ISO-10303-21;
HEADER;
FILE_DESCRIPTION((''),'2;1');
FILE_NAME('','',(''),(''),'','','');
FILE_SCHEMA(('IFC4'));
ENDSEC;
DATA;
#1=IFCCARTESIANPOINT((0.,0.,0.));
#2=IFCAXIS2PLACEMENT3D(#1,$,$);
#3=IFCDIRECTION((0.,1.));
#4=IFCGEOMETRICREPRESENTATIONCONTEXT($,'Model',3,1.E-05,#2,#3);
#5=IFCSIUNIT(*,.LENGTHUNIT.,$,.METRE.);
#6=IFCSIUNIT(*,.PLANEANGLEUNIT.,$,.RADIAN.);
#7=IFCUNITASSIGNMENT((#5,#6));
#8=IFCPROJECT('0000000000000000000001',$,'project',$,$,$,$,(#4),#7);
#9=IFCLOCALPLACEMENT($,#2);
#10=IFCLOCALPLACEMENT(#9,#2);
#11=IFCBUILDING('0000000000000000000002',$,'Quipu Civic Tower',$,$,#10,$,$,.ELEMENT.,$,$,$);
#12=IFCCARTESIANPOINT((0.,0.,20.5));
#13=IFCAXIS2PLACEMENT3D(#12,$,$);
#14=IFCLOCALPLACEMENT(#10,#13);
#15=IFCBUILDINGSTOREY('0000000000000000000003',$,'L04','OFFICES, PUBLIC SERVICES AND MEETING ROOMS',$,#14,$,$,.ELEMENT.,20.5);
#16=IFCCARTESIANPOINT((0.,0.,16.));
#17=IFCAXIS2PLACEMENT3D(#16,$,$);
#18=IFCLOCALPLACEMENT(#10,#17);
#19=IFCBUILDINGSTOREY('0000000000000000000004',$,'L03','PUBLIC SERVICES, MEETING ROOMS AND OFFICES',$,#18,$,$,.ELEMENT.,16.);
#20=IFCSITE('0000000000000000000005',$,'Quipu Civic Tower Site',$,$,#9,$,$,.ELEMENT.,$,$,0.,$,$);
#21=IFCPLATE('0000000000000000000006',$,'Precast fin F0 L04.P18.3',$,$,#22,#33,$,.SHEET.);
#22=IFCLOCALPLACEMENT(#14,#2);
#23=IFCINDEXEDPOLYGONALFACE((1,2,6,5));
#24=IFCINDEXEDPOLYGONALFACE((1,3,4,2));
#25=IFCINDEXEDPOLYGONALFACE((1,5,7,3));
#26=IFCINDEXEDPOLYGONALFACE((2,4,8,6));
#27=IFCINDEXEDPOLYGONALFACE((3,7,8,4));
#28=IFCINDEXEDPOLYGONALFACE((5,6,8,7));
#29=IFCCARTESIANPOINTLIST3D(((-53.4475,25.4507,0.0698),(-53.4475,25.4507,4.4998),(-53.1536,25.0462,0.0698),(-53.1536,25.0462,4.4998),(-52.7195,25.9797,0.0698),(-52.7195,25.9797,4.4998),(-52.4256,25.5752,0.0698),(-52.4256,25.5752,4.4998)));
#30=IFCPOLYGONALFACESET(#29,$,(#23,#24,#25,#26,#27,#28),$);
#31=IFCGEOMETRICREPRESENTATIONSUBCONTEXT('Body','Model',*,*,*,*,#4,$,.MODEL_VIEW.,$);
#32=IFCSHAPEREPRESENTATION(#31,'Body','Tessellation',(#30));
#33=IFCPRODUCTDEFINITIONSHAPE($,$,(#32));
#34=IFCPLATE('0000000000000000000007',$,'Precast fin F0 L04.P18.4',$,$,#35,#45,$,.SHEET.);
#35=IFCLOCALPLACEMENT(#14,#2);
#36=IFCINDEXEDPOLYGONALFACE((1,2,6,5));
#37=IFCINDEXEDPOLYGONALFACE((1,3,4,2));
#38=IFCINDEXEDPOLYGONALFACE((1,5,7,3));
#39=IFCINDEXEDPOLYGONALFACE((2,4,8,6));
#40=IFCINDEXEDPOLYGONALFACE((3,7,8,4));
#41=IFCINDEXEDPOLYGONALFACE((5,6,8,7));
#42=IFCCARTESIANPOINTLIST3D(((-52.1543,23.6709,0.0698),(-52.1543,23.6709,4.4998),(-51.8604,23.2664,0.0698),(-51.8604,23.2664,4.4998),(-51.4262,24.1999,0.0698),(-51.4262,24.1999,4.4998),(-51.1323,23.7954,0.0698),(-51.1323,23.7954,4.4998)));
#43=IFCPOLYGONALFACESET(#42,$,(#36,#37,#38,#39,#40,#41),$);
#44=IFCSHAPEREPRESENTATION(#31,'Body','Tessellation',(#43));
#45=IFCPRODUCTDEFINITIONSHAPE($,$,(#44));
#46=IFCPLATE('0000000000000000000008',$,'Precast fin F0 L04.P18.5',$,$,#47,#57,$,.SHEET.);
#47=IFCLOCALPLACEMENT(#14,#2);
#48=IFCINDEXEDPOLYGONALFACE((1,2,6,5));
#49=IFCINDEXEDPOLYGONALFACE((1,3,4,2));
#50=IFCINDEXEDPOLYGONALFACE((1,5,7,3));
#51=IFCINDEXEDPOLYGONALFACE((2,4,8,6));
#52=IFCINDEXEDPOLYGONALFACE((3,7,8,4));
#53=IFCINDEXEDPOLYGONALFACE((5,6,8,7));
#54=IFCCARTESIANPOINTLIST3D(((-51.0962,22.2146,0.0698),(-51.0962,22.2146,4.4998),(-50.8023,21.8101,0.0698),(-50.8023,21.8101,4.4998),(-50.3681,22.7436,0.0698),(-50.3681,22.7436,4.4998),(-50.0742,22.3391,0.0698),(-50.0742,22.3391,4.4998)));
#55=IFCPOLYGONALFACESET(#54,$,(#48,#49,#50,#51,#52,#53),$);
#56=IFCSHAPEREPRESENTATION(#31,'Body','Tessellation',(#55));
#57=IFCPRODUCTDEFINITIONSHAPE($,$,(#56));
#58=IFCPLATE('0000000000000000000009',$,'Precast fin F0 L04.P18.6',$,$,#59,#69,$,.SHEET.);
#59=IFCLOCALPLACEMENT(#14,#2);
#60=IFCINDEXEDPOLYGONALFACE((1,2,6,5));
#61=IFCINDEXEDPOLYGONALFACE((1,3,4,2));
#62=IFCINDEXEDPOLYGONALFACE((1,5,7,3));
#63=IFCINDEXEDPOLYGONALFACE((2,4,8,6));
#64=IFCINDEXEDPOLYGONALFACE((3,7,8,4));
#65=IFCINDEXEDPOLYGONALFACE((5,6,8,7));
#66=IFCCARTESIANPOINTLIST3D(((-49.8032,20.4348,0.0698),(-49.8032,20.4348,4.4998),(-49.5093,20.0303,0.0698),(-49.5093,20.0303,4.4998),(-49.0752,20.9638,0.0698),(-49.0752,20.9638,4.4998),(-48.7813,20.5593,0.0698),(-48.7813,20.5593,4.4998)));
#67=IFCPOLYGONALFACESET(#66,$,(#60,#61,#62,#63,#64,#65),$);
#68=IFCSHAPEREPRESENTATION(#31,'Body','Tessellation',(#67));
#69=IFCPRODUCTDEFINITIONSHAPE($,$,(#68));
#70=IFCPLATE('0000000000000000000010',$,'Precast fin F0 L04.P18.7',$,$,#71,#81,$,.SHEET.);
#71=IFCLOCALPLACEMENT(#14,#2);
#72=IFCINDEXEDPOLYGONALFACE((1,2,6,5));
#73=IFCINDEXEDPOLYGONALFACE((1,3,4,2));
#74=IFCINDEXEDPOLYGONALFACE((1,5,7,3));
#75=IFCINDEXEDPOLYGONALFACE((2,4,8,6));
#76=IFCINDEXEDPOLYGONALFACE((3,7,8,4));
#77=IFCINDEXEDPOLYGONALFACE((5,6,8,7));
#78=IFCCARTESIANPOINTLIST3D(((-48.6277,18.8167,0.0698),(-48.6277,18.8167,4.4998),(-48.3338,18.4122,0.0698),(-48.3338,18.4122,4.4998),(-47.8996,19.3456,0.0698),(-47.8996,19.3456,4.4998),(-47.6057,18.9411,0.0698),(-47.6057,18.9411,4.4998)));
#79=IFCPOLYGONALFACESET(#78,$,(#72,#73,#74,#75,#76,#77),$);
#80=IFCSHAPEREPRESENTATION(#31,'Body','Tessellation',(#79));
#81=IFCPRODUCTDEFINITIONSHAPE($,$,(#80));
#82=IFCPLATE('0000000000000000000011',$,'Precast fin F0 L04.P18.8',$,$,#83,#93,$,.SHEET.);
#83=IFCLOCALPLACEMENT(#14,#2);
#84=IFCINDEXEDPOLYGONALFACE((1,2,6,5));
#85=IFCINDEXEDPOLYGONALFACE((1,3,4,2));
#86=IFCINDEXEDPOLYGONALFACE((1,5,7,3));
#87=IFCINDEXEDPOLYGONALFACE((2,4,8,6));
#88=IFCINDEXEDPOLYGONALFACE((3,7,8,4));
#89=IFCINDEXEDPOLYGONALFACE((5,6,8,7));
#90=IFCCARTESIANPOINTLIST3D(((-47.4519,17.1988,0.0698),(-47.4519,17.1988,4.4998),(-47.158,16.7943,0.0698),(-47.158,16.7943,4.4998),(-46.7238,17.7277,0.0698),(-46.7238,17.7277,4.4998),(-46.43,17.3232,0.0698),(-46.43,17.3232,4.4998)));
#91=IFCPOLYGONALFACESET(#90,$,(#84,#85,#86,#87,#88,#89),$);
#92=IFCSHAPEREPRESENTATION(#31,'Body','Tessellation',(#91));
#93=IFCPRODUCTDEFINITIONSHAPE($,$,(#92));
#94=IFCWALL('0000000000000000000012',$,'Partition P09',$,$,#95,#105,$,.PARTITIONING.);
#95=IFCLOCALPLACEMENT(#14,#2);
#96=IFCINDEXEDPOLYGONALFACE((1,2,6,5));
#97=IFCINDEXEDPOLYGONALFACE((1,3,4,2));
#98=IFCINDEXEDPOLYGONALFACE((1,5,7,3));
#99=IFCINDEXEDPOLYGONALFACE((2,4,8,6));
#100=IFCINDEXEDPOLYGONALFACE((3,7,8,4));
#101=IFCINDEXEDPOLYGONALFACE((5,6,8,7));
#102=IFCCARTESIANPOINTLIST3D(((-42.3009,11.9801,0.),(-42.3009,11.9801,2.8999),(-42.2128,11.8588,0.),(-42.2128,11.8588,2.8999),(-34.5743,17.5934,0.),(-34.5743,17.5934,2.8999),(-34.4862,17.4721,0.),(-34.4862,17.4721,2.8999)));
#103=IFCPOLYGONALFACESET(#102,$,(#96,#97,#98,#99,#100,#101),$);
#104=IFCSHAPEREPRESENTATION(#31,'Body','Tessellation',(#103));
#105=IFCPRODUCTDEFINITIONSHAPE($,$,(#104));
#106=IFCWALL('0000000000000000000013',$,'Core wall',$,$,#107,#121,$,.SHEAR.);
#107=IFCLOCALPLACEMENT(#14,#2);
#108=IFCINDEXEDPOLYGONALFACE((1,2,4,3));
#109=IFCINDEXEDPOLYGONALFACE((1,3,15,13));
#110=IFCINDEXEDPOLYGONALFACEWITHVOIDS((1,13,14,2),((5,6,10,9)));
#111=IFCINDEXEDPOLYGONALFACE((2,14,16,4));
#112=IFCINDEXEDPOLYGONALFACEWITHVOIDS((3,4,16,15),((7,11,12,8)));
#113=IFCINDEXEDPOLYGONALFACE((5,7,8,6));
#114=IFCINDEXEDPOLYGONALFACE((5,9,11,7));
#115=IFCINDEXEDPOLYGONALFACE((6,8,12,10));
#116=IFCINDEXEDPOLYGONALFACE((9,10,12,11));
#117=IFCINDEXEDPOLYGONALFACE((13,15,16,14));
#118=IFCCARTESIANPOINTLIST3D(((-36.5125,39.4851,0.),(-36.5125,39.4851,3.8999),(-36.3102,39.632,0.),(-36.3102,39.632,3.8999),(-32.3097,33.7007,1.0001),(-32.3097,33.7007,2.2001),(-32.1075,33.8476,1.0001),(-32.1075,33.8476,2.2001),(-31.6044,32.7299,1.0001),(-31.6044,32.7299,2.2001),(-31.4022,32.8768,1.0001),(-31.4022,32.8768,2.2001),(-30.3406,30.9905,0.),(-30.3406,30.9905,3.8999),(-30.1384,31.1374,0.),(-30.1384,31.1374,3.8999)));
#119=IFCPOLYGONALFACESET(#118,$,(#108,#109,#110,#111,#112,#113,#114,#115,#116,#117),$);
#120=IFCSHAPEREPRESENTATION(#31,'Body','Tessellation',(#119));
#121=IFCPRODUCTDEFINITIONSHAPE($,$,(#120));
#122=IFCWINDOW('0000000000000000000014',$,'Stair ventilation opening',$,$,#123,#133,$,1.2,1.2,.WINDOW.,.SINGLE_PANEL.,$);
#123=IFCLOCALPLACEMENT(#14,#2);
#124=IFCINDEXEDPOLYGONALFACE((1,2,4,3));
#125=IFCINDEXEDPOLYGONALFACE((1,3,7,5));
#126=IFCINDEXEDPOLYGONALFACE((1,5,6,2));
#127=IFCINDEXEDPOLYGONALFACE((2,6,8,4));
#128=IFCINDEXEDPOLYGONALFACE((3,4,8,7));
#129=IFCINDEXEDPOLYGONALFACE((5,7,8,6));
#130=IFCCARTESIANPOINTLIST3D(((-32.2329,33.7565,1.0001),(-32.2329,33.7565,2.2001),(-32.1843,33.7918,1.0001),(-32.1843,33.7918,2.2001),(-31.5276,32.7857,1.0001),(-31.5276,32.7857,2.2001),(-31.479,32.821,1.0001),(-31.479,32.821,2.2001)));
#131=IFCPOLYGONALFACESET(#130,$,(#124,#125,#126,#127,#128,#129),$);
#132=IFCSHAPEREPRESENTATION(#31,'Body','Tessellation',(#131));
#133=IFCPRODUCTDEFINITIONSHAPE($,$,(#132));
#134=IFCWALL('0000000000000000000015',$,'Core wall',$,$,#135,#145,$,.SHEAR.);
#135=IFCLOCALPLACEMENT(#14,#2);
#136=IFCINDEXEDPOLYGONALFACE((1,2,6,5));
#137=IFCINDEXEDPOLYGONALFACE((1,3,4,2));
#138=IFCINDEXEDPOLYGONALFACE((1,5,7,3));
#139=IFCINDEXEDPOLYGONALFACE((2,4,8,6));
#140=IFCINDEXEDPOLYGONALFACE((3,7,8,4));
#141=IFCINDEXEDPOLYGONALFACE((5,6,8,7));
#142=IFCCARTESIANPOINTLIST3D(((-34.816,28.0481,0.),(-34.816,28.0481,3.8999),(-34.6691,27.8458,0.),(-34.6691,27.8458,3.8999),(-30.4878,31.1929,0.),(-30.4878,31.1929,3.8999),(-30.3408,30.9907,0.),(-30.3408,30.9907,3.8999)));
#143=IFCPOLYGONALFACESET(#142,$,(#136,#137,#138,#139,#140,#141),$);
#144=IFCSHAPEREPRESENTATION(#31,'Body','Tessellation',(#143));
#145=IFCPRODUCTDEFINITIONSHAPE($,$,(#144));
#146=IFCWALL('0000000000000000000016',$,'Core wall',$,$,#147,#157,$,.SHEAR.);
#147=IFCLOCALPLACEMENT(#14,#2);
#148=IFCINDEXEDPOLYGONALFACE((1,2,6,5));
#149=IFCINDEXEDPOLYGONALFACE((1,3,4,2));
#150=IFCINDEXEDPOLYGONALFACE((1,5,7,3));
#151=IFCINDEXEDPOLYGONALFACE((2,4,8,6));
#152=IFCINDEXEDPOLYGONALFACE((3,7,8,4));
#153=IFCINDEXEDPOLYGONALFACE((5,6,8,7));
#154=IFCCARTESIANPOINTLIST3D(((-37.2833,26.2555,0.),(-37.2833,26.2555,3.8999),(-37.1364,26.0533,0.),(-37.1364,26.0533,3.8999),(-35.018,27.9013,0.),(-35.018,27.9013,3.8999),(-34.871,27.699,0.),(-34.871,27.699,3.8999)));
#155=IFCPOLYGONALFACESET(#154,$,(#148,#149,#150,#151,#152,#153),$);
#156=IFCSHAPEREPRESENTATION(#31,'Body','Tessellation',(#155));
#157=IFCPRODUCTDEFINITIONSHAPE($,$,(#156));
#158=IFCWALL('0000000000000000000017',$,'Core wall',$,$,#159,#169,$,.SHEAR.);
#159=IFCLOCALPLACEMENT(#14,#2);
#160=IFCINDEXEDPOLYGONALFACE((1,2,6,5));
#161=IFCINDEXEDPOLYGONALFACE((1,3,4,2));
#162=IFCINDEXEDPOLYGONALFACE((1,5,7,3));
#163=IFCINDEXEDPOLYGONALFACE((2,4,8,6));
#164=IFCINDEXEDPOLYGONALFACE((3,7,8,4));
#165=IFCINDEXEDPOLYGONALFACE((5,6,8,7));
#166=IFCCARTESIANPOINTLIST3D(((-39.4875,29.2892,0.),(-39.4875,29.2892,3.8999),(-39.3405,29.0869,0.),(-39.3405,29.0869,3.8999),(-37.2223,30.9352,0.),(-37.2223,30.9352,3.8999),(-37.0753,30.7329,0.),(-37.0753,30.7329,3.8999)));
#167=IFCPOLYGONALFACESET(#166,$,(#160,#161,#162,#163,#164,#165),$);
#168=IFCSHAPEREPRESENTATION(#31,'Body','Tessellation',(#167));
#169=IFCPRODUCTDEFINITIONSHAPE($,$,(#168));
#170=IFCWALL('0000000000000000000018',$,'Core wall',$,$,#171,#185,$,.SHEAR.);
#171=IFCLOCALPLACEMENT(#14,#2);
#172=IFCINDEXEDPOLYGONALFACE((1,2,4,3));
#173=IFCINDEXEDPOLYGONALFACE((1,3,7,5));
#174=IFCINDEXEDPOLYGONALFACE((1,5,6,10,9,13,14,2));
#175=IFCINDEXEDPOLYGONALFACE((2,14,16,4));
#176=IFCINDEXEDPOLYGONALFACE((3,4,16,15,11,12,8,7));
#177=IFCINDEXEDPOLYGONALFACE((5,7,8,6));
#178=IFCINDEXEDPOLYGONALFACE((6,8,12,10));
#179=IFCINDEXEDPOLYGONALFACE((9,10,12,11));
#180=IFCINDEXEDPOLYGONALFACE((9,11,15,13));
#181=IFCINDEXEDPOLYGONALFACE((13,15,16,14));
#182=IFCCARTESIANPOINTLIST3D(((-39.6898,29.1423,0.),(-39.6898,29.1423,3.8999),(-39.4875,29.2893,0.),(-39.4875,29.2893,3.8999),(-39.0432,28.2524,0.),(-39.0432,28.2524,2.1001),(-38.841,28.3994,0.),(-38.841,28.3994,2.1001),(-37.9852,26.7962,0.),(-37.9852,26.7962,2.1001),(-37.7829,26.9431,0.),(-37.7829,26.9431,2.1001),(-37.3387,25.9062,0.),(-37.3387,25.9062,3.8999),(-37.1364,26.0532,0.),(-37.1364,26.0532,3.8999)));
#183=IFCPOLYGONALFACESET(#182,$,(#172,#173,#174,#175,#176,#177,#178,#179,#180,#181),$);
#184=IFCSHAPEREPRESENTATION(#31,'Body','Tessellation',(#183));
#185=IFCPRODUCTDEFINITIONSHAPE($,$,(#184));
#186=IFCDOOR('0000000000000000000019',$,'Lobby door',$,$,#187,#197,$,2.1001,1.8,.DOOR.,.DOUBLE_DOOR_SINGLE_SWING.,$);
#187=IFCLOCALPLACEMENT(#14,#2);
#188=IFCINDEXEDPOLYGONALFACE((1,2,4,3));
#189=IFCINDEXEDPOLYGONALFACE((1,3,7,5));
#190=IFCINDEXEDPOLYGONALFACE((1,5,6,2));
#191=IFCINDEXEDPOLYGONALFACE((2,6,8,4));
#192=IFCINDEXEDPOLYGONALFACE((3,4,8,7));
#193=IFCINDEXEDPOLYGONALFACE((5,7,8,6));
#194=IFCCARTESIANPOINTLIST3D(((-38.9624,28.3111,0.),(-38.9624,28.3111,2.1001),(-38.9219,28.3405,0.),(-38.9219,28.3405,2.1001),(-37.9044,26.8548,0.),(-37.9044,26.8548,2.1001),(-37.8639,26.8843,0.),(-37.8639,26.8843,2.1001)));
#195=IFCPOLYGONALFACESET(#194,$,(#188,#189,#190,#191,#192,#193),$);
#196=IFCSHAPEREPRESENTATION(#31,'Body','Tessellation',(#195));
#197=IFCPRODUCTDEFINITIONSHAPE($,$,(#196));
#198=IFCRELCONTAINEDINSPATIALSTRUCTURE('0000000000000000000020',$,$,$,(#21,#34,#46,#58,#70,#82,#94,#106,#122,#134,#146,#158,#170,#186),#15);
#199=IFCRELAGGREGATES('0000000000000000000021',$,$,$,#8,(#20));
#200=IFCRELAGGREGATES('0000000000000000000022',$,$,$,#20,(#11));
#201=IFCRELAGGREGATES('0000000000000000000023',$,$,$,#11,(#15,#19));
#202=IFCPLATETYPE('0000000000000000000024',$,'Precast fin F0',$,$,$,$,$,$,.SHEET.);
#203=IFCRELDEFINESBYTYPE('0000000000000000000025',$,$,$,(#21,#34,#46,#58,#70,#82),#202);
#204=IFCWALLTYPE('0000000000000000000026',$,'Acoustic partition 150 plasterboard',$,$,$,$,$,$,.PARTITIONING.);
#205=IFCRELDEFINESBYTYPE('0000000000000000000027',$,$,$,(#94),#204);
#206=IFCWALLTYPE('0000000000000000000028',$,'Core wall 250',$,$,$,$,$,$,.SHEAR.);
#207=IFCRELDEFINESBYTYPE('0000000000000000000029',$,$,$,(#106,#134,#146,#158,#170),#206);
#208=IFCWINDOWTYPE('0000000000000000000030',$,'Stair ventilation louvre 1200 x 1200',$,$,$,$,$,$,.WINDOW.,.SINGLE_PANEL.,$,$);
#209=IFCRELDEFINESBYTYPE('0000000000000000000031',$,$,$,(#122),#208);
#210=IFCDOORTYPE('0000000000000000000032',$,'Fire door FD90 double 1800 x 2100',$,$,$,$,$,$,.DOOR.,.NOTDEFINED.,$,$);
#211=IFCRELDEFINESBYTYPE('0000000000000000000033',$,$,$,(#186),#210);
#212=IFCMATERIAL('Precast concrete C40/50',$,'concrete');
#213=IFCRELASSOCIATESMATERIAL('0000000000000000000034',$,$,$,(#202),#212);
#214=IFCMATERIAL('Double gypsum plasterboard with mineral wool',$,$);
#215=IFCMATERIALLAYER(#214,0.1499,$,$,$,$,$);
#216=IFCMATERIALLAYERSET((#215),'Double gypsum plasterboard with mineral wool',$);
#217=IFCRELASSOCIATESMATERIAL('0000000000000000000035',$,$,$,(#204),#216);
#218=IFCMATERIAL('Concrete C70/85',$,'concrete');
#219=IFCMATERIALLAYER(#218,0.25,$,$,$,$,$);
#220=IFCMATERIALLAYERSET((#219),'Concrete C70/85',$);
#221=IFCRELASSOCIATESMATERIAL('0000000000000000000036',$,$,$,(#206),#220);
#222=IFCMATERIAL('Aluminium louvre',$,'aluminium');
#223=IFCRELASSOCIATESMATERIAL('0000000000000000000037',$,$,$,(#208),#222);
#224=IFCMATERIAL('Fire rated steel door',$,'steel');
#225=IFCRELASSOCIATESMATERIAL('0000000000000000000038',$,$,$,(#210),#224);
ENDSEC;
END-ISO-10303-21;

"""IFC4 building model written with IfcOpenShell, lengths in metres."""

from ifc_helpers import new_model, si_unit, direction, frame, frame_2d, origin, origin_2d, place, context, subcontext, project, spatial, rectangle, extrude, material, layer, layer_set, type_object, element, fill, save


model = new_model("IFC4")

# Units and contexts
model_context = context("Model", 3, precision=1e-05, world=origin(), true_north=direction((0.0, 1.0)))
body_context = subcontext(model_context, "Body", "Model", "MODEL_VIEW")
ifc_project = project(units=[si_unit("LENGTHUNIT", "METRE"), si_unit("PLANEANGLEUNIT", "RADIAN")], contexts=[model_context])

# Site, building, storey
site_placement = place(None, origin())
site = spatial("IfcSite", under=ifc_project, at=site_placement, Name="Quipu Civic Tower Site", CompositionType="ELEMENT", RefElevation=0.0)
building_placement = place(site_placement, origin())
building = spatial("IfcBuilding", under=site, at=building_placement, Name="Quipu Civic Tower", CompositionType="ELEMENT")
storey_1_placement = place(building_placement, frame((0.0, 0.0, 20.5)))
storey_1 = spatial("IfcBuildingStorey", under=building, at=storey_1_placement, Name="L04", Description="OFFICES, PUBLIC SERVICES AND MEETING ROOMS", CompositionType="ELEMENT", Elevation=20.5)

# Shared definitions
storey_2_placement = place(building_placement, frame((0.0, 0.0, 16.0)))
storey_2 = spatial("IfcBuildingStorey", under=building, at=storey_2_placement, Name="L03", Description="PUBLIC SERVICES, MEETING ROOMS AND OFFICES", CompositionType="ELEMENT", Elevation=16.0)

# Plates
ifc_material_1 = material(Name="Precast concrete C40/50", Category="concrete")
plate_type_1 = type_object("IfcPlateType", Name="Precast fin F0", PredefinedType="SHEET", material=ifc_material_1)
for number, where, z_axis, x_axis, name in (
    (1, (-52.9365, 25.5129, 0.0698), (0.0, 0.0, 1.0), (0.587786, -0.809017, 0.0), "Precast fin F0 L04.P18.3"),
    (2, (-51.6433, 23.7332, 0.0698), (0.0, 0.0, 1.0), (0.587786, -0.809017, 0.0), "Precast fin F0 L04.P18.4"),
    (3, (-50.5852, 22.2769, 0.0698), (0.0, 0.0, 1.0), (0.587786, -0.809017, 0.0), "Precast fin F0 L04.P18.5"),
    (4, (-49.2922, 20.4971, 0.0698), (0.0, 0.0, 1.0), (0.587786, -0.809017, 0.0), "Precast fin F0 L04.P18.6"),
    (5, (-48.1167, 18.8789, 0.0698), (0.0, 0.0, 1.0), (0.587786, -0.809017, 0.0), "Precast fin F0 L04.P18.7"),
    (6, (-46.9409, 17.261, 0.0698), (0.0, 0.0, 1.0), (0.587786, -0.809017, 0.0), "Precast fin F0 L04.P18.8"),
):
    element("IfcPlate", number, at=place(storey_1_placement, frame(where, z_axis=z_axis, x_axis=x_axis)), inside=storey_1, type_object=plate_type_1, Name=name, PredefinedType="SHEET", context=body_context, shape_type="SweptSolid", body=[
        extrude(rectangle(XDim=0.5, YDim=0.8999, at=origin_2d()), origin(), (0.0, 0.0, 1.0), 4.4299),
    ])

# Wall
ifc_material_2 = material(Name="Double gypsum plasterboard with mineral wool")
ifc_layer_1 = layer(ifc_material_2, 0.1499)
ifc_layer_set_1 = layer_set([ifc_layer_1], Name="Double gypsum plasterboard with mineral wool")
wall_type_1 = type_object("IfcWallType", Name="Acoustic partition 150 plasterboard", PredefinedType="PARTITIONING", material=ifc_layer_set_1)
wall_1_placement = place(storey_1_placement, frame((-34.5303, 17.5327, 0.0), z_axis=(0.0, 0.0, 1.0), x_axis=(-0.809037, -0.587758, 0.0)))
element("IfcWall", 7, at=wall_1_placement, inside=storey_1, type_object=wall_type_1, Name="Partition P09", PredefinedType="PARTITIONING", context=body_context, shape_type="SweptSolid", body=[
    extrude(rectangle(XDim=9.5503, YDim=0.1499, at=frame_2d((4.7751, 0.0))), origin(), (0.0, 0.0, 1.0), 2.8999),
])

# Wall, opening, window
ifc_material_3 = material(Name="Concrete C70/85", Category="concrete")
ifc_layer_2 = layer(ifc_material_3, 0.25)
ifc_layer_set_2 = layer_set([ifc_layer_2], Name="Concrete C70/85")
wall_type_2 = type_object("IfcWallType", Name="Core wall 250", PredefinedType="SHEAR", material=ifc_layer_set_2)
wall_2_placement = place(storey_1_placement, frame((-30.2395, 31.064, 0.0), z_axis=(0.0, 0.0, 1.0), x_axis=(-0.587796, 0.809009, 0.0)))
wall_2 = element("IfcWall", 8, at=wall_2_placement, inside=storey_1, type_object=wall_type_2, Name="Core wall", PredefinedType="SHEAR", context=body_context, shape_type="SweptSolid", body=[
    extrude(rectangle(XDim=10.5, YDim=0.25, at=frame_2d((5.25, 0.0))), origin(), (0.0, 0.0, 1.0), 3.8999),
])
opening_1_placement = place(wall_2_placement, frame((2.1499, 0.0, 1.0)))
opening_1 = element("IfcOpeningElement", 9, at=opening_1_placement, cuts=wall_2, PredefinedType="OPENING", context=body_context, shape_type="SweptSolid", body=[
    extrude(rectangle(XDim=1.2, YDim=1.2, at=frame_2d((0.6001, 0.6001))), frame((0.0, 0.135, 0.0), z_axis=(0.0, -1.0, 0.0), x_axis=(1.0, 0.0, 0.0)), (0.0, 0.0, 1.0), 0.27),
])
ifc_material_4 = material(Name="Aluminium louvre", Category="aluminium")
window_type = type_object("IfcWindowType", Name="Stair ventilation louvre 1200 x 1200", PartitioningType="SINGLE_PANEL", PredefinedType="WINDOW", material=ifc_material_4)
window_placement = place(opening_1_placement, origin())
window = element("IfcWindow", 10, at=window_placement, inside=storey_1, type_object=window_type, Name="Stair ventilation opening", OverallHeight=1.2, OverallWidth=1.2, PartitioningType="SINGLE_PANEL", PredefinedType="WINDOW", context=body_context, shape_type="SweptSolid", body=[
    extrude(rectangle(XDim=1.2, YDim=1.2, at=frame_2d((0.6001, 0.6001))), frame((0.0, 0.03, 0.0), z_axis=(0.0, -1.0, 0.0), x_axis=(1.0, 0.0, 0.0)), (0.0, 0.0, 1.0), 0.0601),
])
fill(opening_1, window)

# Walls
wall_3_placement = place(storey_1_placement, frame((-30.4143, 31.0918, 0.0), z_axis=(0.0, 0.0, 1.0), x_axis=(-0.808998, -0.587811, 0.0)))
element("IfcWall", 11, at=wall_3_placement, inside=storey_1, type_object=wall_type_2, Name="Core wall", PredefinedType="SHEAR", context=body_context, shape_type="SweptSolid", body=[
    extrude(rectangle(XDim=5.3501, YDim=0.25, at=frame_2d((2.675, 0.0))), origin(), (0.0, 0.0, 1.0), 3.8999),
])
for number, where, z_axis, x_axis, name in (
    (12, (-34.9446, 27.8, 0.0), (0.0, 0.0, 1.0), (-0.809041, -0.587752, 0.0), "Core wall"),
    (13, (-37.1489, 30.834, 0.0), (0.0, 0.0, 1.0), (-0.80897, -0.58785, 0.0), "Core wall"),
):
    element("IfcWall", number, at=place(storey_1_placement, frame(where, z_axis=z_axis, x_axis=x_axis)), inside=storey_1, type_object=wall_type_2, Name=name, PredefinedType="SHEAR", context=body_context, shape_type="SweptSolid", body=[
        extrude(rectangle(XDim=2.8, YDim=0.25, at=frame_2d((1.3999, 0.0))), origin(), (0.0, 0.0, 1.0), 3.8999),
    ])

# Wall, opening, door
wall_4_placement = place(storey_1_placement, frame((-39.5886, 29.2158, 0.0), z_axis=(0.0, 0.0, 1.0), x_axis=(0.587772, -0.809026, 0.0)))
wall_4 = element("IfcWall", 14, at=wall_4_placement, inside=storey_1, type_object=wall_type_2, Name="Core wall", PredefinedType="SHEAR", context=body_context, shape_type="SweptSolid", body=[
    extrude(rectangle(XDim=4.0, YDim=0.25, at=frame_2d((2.0, 0.0))), origin(), (0.0, 0.0, 1.0), 3.8999),
])
opening_2_placement = place(wall_4_placement, frame((1.1001, 0.0, 0.0)))
opening_2 = element("IfcOpeningElement", 15, at=opening_2_placement, cuts=wall_4, PredefinedType="OPENING", context=body_context, shape_type="SweptSolid", body=[
    extrude(rectangle(XDim=1.8, YDim=2.1001, at=frame_2d((0.8999, 1.05))), frame((0.0, 0.135, 0.0), z_axis=(0.0, -1.0, 0.0), x_axis=(1.0, 0.0, 0.0)), (0.0, 0.0, 1.0), 0.27),
])
ifc_material_5 = material(Name="Fire rated steel door", Category="steel")
door_type_1 = type_object("IfcDoorType", Name="Fire door FD90 double 1800 x 2100", OperationType="NOTDEFINED", PredefinedType="DOOR", material=ifc_material_5)
door_1_placement = place(opening_2_placement, origin())
door_1 = element("IfcDoor", 16, at=door_1_placement, inside=storey_1, type_object=door_type_1, Name="Lobby door", OperationType="DOUBLE_DOOR_SINGLE_SWING", OverallHeight=2.1001, OverallWidth=1.8, PredefinedType="DOOR", context=body_context, shape_type="SweptSolid", body=[
    extrude(rectangle(XDim=1.8, YDim=2.1001, at=frame_2d((0.8999, 1.05))), frame((0.0, 0.0249, 0.0), z_axis=(0.0, -1.0, 0.0), x_axis=(1.0, 0.0, 0.0)), (0.0, 0.0, 1.0), 0.05),
])
fill(opening_2, door_1)

save(model, "model.ifc")
